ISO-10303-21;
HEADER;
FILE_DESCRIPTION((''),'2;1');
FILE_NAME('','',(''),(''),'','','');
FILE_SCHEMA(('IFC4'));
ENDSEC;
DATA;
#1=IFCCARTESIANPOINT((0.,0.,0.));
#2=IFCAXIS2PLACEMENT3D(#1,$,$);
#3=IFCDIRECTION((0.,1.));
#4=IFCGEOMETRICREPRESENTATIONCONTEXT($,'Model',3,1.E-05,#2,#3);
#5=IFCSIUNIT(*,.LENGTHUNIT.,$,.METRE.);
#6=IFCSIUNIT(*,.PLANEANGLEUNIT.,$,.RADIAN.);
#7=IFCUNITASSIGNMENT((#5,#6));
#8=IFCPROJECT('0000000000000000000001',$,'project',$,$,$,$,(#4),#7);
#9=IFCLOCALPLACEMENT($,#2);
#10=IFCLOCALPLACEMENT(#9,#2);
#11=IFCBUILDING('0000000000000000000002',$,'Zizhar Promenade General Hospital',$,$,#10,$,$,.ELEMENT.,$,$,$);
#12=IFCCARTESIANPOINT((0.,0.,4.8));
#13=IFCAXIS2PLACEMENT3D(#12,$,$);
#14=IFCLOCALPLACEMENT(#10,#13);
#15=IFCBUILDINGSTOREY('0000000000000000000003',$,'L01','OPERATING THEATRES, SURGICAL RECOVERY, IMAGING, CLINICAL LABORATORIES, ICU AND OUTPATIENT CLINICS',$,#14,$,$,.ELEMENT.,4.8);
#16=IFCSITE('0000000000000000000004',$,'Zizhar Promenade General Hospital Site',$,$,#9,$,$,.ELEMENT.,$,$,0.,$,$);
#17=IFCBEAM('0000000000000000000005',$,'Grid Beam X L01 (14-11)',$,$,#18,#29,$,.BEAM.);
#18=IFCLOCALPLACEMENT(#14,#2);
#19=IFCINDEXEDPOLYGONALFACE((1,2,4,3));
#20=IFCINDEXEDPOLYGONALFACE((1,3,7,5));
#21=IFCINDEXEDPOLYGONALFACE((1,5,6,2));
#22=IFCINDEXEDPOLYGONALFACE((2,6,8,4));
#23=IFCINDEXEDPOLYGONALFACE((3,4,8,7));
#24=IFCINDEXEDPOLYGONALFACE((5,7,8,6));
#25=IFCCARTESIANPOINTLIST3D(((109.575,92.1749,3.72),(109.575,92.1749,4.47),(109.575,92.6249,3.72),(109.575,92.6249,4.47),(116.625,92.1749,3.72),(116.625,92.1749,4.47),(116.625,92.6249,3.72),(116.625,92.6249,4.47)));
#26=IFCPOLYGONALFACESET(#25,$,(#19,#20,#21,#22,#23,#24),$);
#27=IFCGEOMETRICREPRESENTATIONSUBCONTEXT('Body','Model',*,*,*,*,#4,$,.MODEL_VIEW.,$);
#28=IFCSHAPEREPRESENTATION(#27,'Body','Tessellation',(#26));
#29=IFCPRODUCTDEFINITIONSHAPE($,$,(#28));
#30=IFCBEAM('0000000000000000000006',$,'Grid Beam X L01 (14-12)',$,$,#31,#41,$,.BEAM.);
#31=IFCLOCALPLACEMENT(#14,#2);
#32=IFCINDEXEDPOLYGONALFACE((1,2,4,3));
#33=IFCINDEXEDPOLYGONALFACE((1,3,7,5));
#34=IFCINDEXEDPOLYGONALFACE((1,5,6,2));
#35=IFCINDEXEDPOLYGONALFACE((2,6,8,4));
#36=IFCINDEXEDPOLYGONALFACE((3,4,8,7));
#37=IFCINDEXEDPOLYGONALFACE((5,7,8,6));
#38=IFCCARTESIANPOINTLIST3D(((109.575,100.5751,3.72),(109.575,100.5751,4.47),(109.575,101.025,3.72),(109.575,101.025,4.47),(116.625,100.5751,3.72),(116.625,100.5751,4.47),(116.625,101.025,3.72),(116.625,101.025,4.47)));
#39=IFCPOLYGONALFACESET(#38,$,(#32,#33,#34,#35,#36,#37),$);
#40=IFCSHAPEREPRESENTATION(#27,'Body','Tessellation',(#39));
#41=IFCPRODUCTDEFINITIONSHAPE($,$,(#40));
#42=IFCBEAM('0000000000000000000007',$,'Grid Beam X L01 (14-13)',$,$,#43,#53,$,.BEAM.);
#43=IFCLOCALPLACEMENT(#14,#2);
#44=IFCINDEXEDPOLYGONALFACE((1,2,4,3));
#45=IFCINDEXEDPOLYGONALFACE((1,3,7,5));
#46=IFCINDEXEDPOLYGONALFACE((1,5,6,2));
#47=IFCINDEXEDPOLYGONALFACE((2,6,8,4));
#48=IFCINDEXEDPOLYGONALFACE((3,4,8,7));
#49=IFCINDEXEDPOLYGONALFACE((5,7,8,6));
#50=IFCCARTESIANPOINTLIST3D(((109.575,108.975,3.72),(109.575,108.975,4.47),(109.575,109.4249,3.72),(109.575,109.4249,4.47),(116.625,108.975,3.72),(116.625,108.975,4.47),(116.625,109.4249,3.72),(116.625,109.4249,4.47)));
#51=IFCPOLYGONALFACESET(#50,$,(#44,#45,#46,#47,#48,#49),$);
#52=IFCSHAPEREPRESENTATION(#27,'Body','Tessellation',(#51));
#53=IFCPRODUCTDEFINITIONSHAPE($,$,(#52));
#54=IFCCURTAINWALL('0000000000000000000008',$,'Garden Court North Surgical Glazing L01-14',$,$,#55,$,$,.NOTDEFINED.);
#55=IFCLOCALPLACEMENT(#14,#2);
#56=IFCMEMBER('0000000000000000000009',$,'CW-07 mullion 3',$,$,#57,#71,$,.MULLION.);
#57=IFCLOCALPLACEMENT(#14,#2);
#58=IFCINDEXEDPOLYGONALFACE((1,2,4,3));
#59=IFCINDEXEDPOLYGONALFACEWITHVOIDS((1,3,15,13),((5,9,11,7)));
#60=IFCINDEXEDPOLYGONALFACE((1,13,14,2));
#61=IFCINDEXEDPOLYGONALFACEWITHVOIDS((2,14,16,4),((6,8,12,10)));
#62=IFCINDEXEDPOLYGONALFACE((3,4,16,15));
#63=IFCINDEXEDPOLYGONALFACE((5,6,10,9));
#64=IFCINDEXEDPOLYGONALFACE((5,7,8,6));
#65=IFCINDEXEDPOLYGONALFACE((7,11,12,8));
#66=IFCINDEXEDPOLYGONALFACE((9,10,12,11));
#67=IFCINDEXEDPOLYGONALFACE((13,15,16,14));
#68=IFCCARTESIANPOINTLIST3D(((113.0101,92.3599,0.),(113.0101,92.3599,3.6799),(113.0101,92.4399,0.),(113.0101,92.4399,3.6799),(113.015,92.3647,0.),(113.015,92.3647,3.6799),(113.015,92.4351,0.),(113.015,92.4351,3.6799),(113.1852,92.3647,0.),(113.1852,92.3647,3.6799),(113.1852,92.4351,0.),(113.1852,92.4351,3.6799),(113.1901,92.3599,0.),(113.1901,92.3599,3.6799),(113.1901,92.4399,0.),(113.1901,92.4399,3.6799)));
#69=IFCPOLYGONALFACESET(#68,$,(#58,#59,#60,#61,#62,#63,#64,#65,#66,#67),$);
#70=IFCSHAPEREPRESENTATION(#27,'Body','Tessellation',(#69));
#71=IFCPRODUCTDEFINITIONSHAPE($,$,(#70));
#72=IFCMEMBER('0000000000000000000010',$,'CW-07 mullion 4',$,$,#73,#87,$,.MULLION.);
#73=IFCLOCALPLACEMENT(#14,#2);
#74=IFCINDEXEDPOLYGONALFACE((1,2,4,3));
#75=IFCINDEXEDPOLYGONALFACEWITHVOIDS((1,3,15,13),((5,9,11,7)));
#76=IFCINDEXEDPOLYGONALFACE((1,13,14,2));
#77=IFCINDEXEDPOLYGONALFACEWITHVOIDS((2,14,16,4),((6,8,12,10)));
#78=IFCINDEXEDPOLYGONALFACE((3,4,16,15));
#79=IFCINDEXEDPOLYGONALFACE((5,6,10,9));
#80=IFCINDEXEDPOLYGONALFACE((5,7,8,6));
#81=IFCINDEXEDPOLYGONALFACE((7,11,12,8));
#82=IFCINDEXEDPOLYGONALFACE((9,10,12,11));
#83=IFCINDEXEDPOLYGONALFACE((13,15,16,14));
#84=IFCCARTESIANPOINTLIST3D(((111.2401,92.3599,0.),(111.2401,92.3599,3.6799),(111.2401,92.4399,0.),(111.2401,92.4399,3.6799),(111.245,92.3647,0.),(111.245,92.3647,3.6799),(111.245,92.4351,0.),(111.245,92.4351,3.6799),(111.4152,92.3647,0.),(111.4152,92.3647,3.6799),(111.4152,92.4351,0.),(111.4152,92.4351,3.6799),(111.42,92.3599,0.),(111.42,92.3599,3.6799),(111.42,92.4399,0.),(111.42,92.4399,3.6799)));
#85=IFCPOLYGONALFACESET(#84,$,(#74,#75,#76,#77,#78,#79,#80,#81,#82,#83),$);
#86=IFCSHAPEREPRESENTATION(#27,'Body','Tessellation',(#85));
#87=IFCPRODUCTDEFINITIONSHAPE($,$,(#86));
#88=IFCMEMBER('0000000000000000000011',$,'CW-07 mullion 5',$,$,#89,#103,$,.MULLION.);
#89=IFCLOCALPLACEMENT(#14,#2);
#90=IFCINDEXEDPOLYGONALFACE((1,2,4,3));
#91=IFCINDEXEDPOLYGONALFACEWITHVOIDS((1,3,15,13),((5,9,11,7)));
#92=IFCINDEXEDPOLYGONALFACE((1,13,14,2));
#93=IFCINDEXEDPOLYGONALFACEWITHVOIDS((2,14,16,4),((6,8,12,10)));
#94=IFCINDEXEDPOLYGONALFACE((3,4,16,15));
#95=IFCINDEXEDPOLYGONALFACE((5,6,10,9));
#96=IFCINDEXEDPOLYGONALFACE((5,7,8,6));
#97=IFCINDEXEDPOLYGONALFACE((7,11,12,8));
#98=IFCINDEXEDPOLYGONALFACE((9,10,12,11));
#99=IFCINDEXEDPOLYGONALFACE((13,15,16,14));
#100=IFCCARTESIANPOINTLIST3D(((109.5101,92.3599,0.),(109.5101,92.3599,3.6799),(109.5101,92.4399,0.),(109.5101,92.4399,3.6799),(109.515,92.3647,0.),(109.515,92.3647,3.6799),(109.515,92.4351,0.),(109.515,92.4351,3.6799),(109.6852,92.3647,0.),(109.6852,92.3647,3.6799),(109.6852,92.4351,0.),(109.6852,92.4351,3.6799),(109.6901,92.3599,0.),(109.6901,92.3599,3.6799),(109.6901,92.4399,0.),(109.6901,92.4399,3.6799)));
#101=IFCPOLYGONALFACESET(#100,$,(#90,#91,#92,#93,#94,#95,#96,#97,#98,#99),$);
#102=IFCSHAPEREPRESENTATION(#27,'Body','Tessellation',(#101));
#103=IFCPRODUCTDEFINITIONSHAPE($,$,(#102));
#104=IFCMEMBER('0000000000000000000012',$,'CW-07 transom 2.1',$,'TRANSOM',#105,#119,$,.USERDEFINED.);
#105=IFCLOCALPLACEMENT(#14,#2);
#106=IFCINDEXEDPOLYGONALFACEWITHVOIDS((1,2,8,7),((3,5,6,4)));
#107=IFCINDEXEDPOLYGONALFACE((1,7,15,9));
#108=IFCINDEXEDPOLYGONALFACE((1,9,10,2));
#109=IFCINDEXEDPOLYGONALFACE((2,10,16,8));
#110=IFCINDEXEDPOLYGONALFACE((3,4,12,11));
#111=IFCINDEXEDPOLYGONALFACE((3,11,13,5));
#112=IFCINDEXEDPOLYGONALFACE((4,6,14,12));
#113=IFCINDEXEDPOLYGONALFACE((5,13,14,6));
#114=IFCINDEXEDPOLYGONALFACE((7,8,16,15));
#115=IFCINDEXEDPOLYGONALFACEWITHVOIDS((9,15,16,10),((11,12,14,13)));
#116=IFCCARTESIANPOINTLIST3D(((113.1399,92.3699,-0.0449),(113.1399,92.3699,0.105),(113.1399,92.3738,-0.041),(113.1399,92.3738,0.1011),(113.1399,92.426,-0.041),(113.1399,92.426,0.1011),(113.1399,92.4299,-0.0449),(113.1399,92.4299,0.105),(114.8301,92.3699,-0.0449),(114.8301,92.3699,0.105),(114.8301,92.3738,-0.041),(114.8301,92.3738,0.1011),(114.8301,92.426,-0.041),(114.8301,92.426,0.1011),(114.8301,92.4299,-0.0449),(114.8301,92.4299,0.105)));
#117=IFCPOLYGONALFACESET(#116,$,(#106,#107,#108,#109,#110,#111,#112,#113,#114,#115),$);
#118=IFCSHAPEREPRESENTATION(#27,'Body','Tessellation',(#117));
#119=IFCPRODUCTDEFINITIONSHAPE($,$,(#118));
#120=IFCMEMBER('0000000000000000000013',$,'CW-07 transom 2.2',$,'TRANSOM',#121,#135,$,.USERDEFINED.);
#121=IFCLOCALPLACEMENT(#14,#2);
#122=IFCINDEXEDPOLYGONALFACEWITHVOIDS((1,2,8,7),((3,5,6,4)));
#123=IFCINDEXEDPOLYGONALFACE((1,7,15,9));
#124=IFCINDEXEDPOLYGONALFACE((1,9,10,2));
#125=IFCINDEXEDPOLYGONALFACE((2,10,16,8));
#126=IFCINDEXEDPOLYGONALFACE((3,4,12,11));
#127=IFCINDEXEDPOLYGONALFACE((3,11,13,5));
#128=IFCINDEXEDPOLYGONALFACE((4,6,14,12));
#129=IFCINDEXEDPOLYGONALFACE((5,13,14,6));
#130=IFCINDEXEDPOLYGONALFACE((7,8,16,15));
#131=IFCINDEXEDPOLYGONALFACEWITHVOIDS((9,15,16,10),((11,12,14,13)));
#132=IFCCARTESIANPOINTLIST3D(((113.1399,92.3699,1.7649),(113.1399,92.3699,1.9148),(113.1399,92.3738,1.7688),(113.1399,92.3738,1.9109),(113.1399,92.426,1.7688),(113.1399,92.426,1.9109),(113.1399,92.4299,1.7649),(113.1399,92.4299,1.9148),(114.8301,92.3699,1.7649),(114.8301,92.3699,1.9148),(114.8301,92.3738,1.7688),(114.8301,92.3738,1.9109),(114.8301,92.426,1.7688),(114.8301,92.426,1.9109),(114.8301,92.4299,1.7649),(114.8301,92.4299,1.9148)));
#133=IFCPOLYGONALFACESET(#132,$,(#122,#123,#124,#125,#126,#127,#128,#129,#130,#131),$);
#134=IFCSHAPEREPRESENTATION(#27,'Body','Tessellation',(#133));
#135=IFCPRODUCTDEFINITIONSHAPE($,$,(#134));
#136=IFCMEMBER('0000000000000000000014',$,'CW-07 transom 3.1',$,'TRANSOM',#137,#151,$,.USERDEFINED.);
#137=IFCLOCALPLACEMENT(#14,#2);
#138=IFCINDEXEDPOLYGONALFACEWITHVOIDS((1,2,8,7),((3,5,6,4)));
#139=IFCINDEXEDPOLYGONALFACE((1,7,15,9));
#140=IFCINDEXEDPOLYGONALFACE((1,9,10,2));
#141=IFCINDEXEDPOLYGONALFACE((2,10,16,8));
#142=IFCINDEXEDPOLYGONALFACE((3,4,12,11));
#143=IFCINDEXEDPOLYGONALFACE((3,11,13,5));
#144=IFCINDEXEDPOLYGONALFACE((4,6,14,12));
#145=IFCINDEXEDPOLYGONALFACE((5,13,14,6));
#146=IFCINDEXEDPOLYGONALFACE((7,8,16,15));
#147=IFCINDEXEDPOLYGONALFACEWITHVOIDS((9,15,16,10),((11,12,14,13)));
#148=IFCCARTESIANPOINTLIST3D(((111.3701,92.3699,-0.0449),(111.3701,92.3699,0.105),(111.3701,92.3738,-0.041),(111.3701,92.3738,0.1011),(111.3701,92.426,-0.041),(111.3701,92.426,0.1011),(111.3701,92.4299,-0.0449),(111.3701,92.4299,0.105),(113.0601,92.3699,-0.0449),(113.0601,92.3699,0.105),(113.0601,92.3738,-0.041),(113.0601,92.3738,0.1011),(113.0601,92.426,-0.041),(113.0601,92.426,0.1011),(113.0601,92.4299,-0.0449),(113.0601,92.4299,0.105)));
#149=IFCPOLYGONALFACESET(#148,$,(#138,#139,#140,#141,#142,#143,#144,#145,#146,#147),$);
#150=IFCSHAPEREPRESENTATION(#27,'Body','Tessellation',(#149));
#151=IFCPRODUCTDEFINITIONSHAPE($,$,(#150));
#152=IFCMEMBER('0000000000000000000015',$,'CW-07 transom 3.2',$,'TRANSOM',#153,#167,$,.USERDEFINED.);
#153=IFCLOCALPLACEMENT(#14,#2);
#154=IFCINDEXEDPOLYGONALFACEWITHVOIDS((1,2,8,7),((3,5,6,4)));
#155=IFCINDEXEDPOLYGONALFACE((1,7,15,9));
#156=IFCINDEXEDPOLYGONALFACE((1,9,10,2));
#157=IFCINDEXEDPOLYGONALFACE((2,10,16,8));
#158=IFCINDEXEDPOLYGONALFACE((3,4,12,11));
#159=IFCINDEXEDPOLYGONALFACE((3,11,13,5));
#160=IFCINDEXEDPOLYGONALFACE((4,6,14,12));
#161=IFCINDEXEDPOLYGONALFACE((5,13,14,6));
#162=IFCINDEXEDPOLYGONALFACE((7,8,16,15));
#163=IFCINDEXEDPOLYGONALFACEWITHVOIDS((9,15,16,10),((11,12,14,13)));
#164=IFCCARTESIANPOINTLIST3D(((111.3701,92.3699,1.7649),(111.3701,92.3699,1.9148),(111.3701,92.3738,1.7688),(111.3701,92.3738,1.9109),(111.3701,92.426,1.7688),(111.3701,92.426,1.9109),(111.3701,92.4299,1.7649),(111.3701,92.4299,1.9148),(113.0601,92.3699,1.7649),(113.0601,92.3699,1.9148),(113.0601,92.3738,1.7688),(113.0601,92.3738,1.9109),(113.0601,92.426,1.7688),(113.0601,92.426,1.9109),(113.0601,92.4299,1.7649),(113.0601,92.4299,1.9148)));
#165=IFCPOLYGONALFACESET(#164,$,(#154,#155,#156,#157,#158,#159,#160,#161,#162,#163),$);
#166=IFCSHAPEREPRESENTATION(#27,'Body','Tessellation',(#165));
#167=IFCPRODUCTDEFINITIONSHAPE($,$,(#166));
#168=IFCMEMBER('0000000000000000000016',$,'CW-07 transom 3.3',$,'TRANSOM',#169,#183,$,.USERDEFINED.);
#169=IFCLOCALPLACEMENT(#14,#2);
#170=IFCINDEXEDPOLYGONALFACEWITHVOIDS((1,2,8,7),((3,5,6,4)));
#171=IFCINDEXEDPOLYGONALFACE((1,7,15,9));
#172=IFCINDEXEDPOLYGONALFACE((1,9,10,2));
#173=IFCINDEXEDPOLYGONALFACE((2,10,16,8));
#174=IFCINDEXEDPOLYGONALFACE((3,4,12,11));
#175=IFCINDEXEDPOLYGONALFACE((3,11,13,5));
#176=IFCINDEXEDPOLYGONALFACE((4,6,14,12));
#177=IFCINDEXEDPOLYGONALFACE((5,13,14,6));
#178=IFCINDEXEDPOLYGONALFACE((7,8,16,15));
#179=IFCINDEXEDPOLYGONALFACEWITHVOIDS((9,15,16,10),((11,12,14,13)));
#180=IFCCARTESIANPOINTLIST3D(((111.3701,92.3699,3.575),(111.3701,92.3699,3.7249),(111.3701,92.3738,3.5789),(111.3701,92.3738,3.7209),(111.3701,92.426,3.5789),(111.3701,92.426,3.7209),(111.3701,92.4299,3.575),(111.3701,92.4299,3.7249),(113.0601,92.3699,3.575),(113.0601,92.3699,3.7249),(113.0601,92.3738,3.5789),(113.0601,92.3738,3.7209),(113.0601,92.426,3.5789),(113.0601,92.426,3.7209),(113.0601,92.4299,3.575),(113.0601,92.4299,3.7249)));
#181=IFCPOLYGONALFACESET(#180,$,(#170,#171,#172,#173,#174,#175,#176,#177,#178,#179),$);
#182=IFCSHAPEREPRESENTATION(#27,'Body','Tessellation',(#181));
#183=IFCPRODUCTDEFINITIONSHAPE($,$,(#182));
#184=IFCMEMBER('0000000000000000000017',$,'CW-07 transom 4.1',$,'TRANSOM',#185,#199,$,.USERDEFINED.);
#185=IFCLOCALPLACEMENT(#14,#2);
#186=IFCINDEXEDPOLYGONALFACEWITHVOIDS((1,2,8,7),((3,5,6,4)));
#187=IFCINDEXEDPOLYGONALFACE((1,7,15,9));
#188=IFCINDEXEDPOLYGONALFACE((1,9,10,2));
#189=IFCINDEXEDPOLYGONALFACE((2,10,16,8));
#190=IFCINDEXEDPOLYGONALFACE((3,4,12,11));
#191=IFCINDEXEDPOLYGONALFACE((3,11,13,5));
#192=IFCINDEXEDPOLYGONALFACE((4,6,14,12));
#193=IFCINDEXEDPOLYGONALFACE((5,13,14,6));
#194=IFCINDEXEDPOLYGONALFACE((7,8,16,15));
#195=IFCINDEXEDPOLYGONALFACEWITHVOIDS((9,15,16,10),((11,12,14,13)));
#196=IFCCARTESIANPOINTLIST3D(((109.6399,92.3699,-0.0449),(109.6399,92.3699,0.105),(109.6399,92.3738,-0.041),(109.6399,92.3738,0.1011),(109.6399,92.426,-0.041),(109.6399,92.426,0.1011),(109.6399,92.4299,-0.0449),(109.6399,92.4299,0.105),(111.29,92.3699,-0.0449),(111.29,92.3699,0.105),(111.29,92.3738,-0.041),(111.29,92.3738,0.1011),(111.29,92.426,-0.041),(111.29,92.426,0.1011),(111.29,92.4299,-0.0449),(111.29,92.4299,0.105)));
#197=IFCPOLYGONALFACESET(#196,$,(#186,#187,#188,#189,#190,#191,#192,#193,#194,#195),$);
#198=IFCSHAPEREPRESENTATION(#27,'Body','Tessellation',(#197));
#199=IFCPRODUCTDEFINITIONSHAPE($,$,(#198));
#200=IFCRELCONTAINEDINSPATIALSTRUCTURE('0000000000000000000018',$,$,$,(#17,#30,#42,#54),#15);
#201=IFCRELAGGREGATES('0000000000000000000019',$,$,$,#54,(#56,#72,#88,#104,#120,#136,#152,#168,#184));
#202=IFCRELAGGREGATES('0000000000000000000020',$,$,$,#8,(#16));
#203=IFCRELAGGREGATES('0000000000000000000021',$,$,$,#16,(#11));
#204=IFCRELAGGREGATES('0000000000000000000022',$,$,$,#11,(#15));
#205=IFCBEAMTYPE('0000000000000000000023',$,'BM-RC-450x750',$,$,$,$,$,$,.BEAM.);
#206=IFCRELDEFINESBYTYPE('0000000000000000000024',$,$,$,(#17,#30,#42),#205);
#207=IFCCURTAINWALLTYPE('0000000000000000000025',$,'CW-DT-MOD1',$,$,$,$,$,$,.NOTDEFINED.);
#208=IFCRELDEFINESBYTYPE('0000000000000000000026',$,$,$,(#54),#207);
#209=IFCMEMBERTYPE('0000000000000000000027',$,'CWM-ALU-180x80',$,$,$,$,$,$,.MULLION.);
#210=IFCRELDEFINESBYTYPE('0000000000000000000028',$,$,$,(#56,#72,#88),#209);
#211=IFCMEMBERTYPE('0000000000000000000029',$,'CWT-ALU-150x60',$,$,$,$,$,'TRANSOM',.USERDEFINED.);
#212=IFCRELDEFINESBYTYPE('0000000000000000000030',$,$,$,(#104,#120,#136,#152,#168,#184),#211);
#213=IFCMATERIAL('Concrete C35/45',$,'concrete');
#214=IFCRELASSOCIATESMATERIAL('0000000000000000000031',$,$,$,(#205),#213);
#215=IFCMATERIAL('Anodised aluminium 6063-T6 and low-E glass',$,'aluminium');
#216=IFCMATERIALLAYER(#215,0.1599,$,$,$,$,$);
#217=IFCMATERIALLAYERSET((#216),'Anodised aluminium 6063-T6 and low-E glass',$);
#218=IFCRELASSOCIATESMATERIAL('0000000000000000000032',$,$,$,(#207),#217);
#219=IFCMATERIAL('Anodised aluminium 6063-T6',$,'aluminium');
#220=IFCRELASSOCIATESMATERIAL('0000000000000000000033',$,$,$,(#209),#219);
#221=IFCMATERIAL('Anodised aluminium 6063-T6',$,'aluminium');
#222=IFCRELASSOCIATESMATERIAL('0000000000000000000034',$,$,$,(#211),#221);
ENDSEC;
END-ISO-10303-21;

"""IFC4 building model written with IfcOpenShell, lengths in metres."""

from ifc_helpers import new_model, si_unit, direction, frame, origin, origin_2d, place, context, subcontext, project, spatial, rectangle, hollow_rectangle, extrude, material, layer, layer_set, material_profile, profile_set, type_object, element, aggregate, save


model = new_model("IFC4")

# Units and contexts
model_context = context("Model", 3, precision=1e-05, world=origin(), true_north=direction((0.0, 1.0)))
body_context = subcontext(model_context, "Body", "Model", "MODEL_VIEW")
ifc_project = project(units=[si_unit("LENGTHUNIT", "METRE"), si_unit("PLANEANGLEUNIT", "RADIAN")], contexts=[model_context])

# Site, building, storey
site_placement = place(None, origin())
site = spatial("IfcSite", under=ifc_project, at=site_placement, Name="Zizhar Promenade General Hospital Site", CompositionType="ELEMENT", RefElevation=0.0)
building_placement = place(site_placement, origin())
building = spatial("IfcBuilding", under=site, at=building_placement, Name="Zizhar Promenade General Hospital", CompositionType="ELEMENT")
storey_placement = place(building_placement, frame((0.0, 0.0, 4.8)))
storey = spatial("IfcBuildingStorey", under=building, at=storey_placement, Name="L01", Description="OPERATING THEATRES, SURGICAL RECOVERY, IMAGING, CLINICAL LABORATORIES, ICU AND OUTPATIENT CLINICS", CompositionType="ELEMENT", Elevation=4.8)

# Beams
ifc_material_1 = material(Name="Concrete C35/45", Category="concrete")
ifc_material_profile_1 = material_profile(ifc_material_1, rectangle(XDim=0.45, YDim=0.75, at=origin_2d()))
ifc_profile_set_1 = profile_set([ifc_material_profile_1], Name="Concrete C35/45")
beam_type = type_object("IfcBeamType", Name="BM-RC-450x750", PredefinedType="BEAM", material=ifc_profile_set_1)
for number, where, z_axis, x_axis, name in (
    (1, (109.575, 92.3999, 4.095), (1.0, 0.0, 0.0), (0.0, 1.0, 0.0), "Grid Beam X L01 (14-11)"),
    (2, (109.575, 100.8, 4.095), (1.0, 0.0, 0.0), (0.0, 1.0, 0.0), "Grid Beam X L01 (14-12)"),
    (3, (109.575, 109.2, 4.095), (1.0, 0.0, 0.0), (0.0, 1.0, 0.0), "Grid Beam X L01 (14-13)"),
):
    element("IfcBeam", number, at=place(storey_placement, frame(where, z_axis=z_axis, x_axis=x_axis)), inside=storey, type_object=beam_type, Name=name, PredefinedType="BEAM", context=body_context, shape_type="SweptSolid", body=[
        extrude(rectangle(XDim=0.45, YDim=0.75, at=origin_2d()), origin(), (0.0, 0.0, 1.0), 7.05),
    ])

# Curtain wall, members
ifc_material_2 = material(Name="Anodised aluminium 6063-T6 and low-E glass", Category="aluminium")
ifc_layer_1 = layer(ifc_material_2, 0.1599)
ifc_layer_set_1 = layer_set([ifc_layer_1], Name="Anodised aluminium 6063-T6 and low-E glass")
curtain_wall_type = type_object("IfcCurtainWallType", Name="CW-DT-MOD1", PredefinedType="NOTDEFINED", material=ifc_layer_set_1)
curtain_wall_placement = place(storey_placement, origin())
curtain_wall = element("IfcCurtainWall", 4, at=curtain_wall_placement, inside=storey, type_object=curtain_wall_type, Name="Garden Court North Surgical Glazing L01-14", PredefinedType="NOTDEFINED")
ifc_material_3 = material(Name="Anodised aluminium 6063-T6", Category="aluminium")
ifc_material_profile_2 = material_profile(ifc_material_3, hollow_rectangle(XDim=0.0801, YDim=0.1799, WallThickness=0.0049, at=origin_2d()))
ifc_profile_set_2 = profile_set([ifc_material_profile_2], Name="Anodised aluminium 6063-T6")
member_type_1 = type_object("IfcMemberType", Name="CWM-ALU-180x80", PredefinedType="MULLION", material=ifc_profile_set_2)
member_1_placement = place(storey_placement, frame((113.1001, 92.3999, 0.0), z_axis=(0.0, 0.0, 1.0), x_axis=(0.0, -1.0, 0.0)))
member_1 = element("IfcMember", 5, at=member_1_placement, type_object=member_type_1, Name="CW-07 mullion 3", PredefinedType="MULLION", context=body_context, shape_type="SweptSolid", body=[
    extrude(hollow_rectangle(XDim=0.0801, YDim=0.1799, WallThickness=0.0049, at=origin_2d()), origin(), (0.0, 0.0, 1.0), 3.6799),
])
member_2_placement = place(storey_placement, frame((111.3301, 92.3999, 0.0), z_axis=(0.0, 0.0, 1.0), x_axis=(0.0, -1.0, 0.0)))
member_2 = element("IfcMember", 6, at=member_2_placement, type_object=member_type_1, Name="CW-07 mullion 4", PredefinedType="MULLION", context=body_context, shape_type="SweptSolid", body=[
    extrude(hollow_rectangle(XDim=0.0801, YDim=0.1799, WallThickness=0.0049, at=origin_2d()), origin(), (0.0, 0.0, 1.0), 3.6799),
])
member_3_placement = place(storey_placement, frame((109.6001, 92.3999, 0.0), z_axis=(0.0, 0.0, 1.0), x_axis=(0.0, -1.0, 0.0)))
member_3 = element("IfcMember", 7, at=member_3_placement, type_object=member_type_1, Name="CW-07 mullion 5", PredefinedType="MULLION", context=body_context, shape_type="SweptSolid", body=[
    extrude(hollow_rectangle(XDim=0.0801, YDim=0.1799, WallThickness=0.0049, at=origin_2d()), origin(), (0.0, 0.0, 1.0), 3.6799),
])
ifc_material_4 = material(Name="Anodised aluminium 6063-T6", Category="aluminium")
ifc_material_profile_3 = material_profile(ifc_material_4, hollow_rectangle(XDim=0.0601, YDim=0.1499, WallThickness=0.0039, at=origin_2d()))
ifc_profile_set_3 = profile_set([ifc_material_profile_3], Name="Anodised aluminium 6063-T6")
member_type_2 = type_object("IfcMemberType", Name="CWT-ALU-150x60", ElementType="TRANSOM", PredefinedType="USERDEFINED", material=ifc_profile_set_3)
member_4_placement = place(storey_placement, frame((114.8301, 92.3999, 0.03), z_axis=(-1.0, 0.0, 0.0), x_axis=(0.0, -1.0, 0.0)))
member_4 = element("IfcMember", 8, at=member_4_placement, type_object=member_type_2, Name="CW-07 transom 2.1", ObjectType="TRANSOM", PredefinedType="USERDEFINED", context=body_context, shape_type="SweptSolid", body=[
    extrude(hollow_rectangle(XDim=0.0601, YDim=0.1499, WallThickness=0.0039, at=origin_2d()), origin(), (0.0, 0.0, 1.0), 1.6902),
])
member_5_placement = place(storey_placement, frame((114.8301, 92.3999, 1.8398), z_axis=(-1.0, 0.0, 0.0), x_axis=(0.0, -1.0, 0.0)))
member_5 = element("IfcMember", 9, at=member_5_placement, type_object=member_type_2, Name="CW-07 transom 2.2", ObjectType="TRANSOM", PredefinedType="USERDEFINED", context=body_context, shape_type="SweptSolid", body=[
    extrude(hollow_rectangle(XDim=0.0601, YDim=0.1499, WallThickness=0.0039, at=origin_2d()), origin(), (0.0, 0.0, 1.0), 1.6902),
])
member_6_placement = place(storey_placement, frame((113.0601, 92.3999, 0.03), z_axis=(-1.0, 0.0, 0.0), x_axis=(0.0, -1.0, 0.0)))
member_6 = element("IfcMember", 10, at=member_6_placement, type_object=member_type_2, Name="CW-07 transom 3.1", ObjectType="TRANSOM", PredefinedType="USERDEFINED", context=body_context, shape_type="SweptSolid", body=[
    extrude(hollow_rectangle(XDim=0.0601, YDim=0.1499, WallThickness=0.0039, at=origin_2d()), origin(), (0.0, 0.0, 1.0), 1.6899),
])
member_7_placement = place(storey_placement, frame((113.0601, 92.3999, 1.8398), z_axis=(-1.0, 0.0, 0.0), x_axis=(0.0, -1.0, 0.0)))
member_7 = element("IfcMember", 11, at=member_7_placement, type_object=member_type_2, Name="CW-07 transom 3.2", ObjectType="TRANSOM", PredefinedType="USERDEFINED", context=body_context, shape_type="SweptSolid", body=[
    extrude(hollow_rectangle(XDim=0.0601, YDim=0.1499, WallThickness=0.0039, at=origin_2d()), origin(), (0.0, 0.0, 1.0), 1.6899),
])
member_8_placement = place(storey_placement, frame((113.0601, 92.3999, 3.6499), z_axis=(-1.0, 0.0, 0.0), x_axis=(0.0, -1.0, 0.0)))
member_8 = element("IfcMember", 12, at=member_8_placement, type_object=member_type_2, Name="CW-07 transom 3.3", ObjectType="TRANSOM", PredefinedType="USERDEFINED", context=body_context, shape_type="SweptSolid", body=[
    extrude(hollow_rectangle(XDim=0.0601, YDim=0.1499, WallThickness=0.0039, at=origin_2d()), origin(), (0.0, 0.0, 1.0), 1.6899),
])
member_9_placement = place(storey_placement, frame((111.29, 92.3999, 0.03), z_axis=(-1.0, 0.0, 0.0), x_axis=(0.0, -1.0, 0.0)))
member_9 = element("IfcMember", 13, at=member_9_placement, type_object=member_type_2, Name="CW-07 transom 4.1", ObjectType="TRANSOM", PredefinedType="USERDEFINED", context=body_context, shape_type="SweptSolid", body=[
    extrude(hollow_rectangle(XDim=0.0601, YDim=0.1499, WallThickness=0.0039, at=origin_2d()), origin(), (0.0, 0.0, 1.0), 1.6501),
])
aggregate(curtain_wall, [member_1, member_2, member_3, member_4, member_5, member_6, member_7, member_8, member_9])

save(model, "model.ifc")
